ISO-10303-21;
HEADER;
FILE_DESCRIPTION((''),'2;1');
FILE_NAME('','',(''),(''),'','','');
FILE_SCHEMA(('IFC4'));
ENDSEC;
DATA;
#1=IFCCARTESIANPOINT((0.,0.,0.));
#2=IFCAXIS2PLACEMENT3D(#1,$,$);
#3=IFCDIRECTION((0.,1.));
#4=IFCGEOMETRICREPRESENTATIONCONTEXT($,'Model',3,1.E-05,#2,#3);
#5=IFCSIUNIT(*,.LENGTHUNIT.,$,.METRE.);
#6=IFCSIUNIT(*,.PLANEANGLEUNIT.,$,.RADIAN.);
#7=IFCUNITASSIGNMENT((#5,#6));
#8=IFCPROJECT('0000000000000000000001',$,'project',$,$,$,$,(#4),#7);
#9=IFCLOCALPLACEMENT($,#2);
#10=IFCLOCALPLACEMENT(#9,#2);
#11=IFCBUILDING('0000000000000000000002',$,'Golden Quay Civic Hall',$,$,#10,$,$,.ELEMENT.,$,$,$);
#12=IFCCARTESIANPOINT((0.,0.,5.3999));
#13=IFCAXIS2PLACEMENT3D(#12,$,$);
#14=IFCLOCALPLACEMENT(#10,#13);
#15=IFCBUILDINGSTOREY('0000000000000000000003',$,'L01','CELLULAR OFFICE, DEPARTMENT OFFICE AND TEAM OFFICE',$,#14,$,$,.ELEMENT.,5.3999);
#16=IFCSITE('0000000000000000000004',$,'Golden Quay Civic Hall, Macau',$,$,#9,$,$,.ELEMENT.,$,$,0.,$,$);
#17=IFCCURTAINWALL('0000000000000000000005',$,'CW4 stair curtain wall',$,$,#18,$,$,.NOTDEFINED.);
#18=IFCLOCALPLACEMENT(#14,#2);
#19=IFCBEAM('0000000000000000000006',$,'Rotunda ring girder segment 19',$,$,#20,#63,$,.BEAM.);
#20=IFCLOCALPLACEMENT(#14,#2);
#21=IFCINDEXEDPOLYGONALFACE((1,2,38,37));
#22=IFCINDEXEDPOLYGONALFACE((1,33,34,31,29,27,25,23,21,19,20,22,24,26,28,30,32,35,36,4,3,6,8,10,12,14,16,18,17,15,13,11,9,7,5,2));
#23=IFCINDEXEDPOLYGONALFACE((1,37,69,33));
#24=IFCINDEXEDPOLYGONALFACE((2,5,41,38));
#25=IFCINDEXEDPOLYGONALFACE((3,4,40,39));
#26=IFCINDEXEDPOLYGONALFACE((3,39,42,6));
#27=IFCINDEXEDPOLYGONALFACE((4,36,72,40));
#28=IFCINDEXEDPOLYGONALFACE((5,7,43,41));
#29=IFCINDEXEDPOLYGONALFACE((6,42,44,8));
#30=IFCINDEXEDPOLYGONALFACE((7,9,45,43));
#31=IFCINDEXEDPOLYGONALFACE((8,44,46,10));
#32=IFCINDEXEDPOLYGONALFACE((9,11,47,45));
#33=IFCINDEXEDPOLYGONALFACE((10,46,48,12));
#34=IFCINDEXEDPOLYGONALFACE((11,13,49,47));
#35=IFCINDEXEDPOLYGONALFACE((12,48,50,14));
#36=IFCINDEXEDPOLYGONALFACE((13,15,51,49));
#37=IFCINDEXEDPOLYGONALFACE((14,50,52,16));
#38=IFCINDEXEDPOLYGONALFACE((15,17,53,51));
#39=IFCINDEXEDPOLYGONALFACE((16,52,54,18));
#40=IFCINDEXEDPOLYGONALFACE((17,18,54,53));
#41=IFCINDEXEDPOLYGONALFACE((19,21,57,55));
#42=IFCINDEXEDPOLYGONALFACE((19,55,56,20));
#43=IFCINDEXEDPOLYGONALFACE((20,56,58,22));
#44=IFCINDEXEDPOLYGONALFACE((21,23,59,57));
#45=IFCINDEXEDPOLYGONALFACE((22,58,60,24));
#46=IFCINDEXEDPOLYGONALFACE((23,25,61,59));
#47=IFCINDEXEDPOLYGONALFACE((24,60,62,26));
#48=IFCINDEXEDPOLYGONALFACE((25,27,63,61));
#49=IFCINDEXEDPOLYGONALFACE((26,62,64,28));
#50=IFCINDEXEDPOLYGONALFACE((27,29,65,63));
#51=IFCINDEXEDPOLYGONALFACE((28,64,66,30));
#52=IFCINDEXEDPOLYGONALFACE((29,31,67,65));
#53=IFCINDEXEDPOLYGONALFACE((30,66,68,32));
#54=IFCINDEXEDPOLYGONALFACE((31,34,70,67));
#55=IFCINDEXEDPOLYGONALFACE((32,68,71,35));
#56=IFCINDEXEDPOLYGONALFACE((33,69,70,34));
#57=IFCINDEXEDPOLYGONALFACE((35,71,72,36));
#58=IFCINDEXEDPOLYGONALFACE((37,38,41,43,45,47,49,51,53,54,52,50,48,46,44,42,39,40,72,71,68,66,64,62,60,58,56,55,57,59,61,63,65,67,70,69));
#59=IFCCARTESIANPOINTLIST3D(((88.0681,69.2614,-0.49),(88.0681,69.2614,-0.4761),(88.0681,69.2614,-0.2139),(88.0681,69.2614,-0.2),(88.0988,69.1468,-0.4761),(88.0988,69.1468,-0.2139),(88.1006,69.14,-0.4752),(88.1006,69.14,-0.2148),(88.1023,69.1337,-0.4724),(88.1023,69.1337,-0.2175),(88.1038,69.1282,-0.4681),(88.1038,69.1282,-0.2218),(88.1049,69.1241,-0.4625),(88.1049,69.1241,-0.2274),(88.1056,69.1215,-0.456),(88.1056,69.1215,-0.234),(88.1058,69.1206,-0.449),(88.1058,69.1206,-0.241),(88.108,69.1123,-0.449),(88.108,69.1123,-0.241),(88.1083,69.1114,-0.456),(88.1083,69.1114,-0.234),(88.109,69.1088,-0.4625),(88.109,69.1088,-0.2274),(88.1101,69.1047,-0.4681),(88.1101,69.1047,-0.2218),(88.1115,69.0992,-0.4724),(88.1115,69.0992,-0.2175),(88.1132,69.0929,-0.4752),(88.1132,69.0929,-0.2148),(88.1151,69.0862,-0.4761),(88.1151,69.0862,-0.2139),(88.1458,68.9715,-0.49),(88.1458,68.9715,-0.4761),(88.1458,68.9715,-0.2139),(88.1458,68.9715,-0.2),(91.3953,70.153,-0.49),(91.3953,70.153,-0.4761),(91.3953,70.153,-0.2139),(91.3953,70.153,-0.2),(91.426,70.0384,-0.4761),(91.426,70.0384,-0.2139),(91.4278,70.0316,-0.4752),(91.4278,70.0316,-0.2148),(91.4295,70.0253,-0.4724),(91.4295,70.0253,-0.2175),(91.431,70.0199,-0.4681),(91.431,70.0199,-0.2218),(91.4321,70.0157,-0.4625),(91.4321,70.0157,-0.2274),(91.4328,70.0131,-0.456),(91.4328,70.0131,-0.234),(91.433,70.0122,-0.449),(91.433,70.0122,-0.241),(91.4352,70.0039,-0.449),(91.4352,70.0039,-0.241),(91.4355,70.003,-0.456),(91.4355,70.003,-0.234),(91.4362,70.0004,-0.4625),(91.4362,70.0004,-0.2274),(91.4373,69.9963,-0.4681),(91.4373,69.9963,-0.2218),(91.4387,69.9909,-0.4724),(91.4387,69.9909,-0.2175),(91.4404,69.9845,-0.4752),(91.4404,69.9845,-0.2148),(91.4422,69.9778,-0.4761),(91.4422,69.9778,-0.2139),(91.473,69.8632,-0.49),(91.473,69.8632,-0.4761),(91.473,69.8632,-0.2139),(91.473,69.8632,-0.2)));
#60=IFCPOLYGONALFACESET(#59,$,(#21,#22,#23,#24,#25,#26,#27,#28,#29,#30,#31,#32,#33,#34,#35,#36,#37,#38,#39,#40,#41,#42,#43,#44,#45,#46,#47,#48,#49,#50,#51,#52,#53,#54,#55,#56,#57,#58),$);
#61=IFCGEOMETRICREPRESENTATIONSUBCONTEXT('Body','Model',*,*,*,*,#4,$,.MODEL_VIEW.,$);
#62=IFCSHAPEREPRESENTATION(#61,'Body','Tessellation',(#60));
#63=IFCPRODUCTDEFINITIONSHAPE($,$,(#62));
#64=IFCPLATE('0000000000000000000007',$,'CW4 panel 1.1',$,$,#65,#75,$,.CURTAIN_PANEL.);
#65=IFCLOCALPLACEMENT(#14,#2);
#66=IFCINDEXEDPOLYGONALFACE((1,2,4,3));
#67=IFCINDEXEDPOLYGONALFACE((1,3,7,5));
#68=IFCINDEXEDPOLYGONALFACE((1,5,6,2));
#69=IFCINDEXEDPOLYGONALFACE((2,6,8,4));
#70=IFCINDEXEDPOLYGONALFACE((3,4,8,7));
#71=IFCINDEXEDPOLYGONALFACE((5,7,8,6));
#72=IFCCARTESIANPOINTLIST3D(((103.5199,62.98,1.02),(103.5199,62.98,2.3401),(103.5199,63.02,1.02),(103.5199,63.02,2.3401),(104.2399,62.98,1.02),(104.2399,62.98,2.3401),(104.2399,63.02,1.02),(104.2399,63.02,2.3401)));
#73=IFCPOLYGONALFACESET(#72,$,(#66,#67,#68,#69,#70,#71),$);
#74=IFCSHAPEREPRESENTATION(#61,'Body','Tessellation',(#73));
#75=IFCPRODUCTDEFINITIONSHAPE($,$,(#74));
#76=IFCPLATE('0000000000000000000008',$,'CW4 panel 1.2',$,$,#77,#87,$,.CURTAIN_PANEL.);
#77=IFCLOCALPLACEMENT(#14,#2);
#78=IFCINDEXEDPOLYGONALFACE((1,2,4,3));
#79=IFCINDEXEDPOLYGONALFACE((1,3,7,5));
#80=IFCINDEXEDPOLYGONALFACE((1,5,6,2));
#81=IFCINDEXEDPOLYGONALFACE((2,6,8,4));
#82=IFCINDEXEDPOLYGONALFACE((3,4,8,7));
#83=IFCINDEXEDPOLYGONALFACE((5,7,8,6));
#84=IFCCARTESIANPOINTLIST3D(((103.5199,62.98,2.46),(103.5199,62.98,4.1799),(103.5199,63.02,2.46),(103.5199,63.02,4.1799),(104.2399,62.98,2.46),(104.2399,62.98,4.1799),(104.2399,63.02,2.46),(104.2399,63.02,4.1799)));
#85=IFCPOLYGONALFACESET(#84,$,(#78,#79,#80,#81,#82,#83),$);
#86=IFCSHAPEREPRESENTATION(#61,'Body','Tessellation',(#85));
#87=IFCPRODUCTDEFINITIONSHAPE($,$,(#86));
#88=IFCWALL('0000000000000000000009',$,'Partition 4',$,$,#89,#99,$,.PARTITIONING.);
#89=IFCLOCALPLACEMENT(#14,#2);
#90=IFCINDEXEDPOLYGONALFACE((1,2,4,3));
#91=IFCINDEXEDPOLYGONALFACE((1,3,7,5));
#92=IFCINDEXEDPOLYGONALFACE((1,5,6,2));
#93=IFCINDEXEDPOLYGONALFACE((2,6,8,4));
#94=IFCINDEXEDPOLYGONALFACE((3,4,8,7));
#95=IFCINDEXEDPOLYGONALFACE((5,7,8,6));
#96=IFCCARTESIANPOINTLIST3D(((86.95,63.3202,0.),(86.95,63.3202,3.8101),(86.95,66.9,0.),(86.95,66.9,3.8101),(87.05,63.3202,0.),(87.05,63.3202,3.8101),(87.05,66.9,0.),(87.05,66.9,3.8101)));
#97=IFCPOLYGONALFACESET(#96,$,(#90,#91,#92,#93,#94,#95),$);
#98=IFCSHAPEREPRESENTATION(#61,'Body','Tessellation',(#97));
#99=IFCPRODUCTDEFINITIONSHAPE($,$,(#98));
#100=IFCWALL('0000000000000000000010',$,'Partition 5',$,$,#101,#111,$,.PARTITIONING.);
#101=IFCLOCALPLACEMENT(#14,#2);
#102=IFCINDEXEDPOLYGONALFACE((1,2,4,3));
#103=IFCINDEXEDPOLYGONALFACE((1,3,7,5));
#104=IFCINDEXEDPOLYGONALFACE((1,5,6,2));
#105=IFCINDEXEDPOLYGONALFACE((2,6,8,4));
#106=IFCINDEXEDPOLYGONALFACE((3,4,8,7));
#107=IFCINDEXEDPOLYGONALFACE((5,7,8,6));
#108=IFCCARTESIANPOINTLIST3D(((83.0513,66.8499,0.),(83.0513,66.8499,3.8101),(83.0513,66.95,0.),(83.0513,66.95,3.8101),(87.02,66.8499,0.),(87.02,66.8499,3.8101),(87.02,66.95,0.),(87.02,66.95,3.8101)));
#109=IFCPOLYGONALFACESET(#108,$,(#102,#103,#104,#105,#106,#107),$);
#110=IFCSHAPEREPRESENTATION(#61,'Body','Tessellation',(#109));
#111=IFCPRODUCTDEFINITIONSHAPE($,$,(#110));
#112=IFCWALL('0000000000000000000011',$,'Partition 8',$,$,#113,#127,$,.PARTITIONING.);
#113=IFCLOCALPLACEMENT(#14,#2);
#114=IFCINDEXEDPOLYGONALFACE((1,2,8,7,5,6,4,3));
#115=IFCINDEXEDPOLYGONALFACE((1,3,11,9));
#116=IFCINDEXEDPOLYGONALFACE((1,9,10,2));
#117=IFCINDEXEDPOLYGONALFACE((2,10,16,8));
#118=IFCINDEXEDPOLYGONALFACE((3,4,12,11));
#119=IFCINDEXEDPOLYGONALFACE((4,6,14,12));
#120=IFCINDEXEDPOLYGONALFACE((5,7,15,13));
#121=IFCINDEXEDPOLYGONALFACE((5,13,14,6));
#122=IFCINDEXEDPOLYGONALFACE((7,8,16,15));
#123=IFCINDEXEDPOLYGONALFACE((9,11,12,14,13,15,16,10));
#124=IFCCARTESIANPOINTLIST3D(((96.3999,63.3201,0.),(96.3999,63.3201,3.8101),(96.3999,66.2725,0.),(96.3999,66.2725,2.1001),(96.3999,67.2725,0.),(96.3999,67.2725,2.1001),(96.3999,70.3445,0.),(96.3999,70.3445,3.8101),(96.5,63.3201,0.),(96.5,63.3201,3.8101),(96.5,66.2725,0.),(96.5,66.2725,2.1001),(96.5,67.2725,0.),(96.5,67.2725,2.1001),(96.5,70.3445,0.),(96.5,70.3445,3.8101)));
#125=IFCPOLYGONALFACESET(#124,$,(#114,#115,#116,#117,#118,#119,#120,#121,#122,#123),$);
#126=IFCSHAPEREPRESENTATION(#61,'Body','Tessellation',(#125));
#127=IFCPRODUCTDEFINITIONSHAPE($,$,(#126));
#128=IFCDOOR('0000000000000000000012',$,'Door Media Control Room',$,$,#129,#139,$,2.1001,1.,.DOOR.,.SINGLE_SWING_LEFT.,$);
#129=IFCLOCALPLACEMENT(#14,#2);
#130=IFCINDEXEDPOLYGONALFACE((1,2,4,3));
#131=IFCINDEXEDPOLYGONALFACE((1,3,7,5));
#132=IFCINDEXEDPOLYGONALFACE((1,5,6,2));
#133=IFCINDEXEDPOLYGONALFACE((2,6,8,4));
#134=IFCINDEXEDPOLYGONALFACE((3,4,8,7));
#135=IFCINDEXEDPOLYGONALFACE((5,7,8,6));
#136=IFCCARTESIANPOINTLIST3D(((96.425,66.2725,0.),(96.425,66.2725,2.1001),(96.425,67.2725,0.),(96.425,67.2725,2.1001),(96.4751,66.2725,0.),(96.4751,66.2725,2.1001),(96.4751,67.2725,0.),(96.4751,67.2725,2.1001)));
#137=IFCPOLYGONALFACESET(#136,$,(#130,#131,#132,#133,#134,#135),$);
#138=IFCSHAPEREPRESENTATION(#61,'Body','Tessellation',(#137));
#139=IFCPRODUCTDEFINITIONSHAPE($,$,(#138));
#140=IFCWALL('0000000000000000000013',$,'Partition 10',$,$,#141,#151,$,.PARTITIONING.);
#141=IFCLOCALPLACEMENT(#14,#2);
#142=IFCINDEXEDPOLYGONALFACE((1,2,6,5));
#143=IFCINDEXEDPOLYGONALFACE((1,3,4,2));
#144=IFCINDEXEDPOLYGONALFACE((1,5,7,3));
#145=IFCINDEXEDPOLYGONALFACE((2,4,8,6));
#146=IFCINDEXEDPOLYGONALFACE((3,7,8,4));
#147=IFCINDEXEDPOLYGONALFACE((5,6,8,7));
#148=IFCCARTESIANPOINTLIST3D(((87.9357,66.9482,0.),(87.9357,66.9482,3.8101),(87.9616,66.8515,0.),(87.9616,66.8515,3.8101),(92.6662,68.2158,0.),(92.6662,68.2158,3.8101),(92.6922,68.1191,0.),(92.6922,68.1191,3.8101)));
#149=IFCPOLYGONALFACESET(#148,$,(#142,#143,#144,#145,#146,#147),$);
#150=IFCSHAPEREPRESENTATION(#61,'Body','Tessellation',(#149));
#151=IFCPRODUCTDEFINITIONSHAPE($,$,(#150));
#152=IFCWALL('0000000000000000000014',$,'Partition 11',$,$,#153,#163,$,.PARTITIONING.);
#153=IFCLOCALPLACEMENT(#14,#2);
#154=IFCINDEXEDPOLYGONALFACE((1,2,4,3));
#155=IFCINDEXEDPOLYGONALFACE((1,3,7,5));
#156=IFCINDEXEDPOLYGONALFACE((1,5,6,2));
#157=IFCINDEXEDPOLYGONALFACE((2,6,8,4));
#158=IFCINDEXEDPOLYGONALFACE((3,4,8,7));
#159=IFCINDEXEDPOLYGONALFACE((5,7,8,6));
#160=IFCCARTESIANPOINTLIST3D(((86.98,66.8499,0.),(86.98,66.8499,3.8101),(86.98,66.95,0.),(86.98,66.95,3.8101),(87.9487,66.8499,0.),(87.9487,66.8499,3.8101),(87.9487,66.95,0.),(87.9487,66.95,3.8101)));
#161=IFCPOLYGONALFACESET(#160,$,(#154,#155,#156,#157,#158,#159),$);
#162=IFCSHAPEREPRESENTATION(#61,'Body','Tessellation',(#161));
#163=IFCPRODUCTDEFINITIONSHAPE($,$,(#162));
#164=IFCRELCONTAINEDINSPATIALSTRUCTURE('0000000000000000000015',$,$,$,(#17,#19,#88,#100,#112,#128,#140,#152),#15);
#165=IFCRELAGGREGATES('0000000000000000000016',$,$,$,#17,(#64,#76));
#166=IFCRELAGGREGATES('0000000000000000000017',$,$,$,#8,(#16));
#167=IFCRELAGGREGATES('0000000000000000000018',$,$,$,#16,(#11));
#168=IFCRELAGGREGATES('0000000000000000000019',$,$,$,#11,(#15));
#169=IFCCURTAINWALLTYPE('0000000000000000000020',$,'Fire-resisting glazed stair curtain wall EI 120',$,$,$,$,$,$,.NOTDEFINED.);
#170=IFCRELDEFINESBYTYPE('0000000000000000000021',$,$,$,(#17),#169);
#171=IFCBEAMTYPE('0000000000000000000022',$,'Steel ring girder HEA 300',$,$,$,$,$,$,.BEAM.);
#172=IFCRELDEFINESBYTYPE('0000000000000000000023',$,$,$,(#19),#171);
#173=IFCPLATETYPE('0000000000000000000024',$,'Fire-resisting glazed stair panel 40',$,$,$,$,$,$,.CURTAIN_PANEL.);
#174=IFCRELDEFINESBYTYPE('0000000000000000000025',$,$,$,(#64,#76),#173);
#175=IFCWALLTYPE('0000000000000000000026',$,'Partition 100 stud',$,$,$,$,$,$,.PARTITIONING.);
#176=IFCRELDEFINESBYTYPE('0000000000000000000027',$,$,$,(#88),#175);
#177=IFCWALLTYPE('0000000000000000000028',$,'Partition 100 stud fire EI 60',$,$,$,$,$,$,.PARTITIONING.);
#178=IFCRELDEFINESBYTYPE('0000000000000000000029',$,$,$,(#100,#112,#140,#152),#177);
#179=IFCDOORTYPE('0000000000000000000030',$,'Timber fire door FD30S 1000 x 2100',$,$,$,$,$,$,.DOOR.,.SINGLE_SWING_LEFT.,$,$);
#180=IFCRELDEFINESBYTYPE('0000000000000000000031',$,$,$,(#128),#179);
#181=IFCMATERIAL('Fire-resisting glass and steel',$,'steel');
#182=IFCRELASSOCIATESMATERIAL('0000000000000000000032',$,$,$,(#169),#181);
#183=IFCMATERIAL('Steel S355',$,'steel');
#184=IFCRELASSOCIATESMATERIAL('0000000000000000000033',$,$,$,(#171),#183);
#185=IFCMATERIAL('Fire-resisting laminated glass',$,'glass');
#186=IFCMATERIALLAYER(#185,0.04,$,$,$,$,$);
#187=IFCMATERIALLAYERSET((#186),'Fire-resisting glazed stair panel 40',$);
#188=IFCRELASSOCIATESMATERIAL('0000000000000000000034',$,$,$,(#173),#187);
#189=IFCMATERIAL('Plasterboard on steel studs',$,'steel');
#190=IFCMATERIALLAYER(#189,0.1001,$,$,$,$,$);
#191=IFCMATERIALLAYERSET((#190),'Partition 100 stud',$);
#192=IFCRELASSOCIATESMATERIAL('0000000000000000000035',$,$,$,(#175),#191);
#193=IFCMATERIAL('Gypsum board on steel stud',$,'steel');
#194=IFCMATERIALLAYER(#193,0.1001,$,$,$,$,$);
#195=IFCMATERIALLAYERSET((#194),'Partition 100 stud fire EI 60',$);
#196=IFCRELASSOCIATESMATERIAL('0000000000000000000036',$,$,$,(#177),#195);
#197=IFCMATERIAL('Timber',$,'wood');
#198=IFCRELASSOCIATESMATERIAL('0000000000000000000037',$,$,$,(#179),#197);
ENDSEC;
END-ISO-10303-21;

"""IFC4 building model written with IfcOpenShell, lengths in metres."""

from ifc_helpers import new_model, si_unit, direction, frame, frame_2d, origin, origin_2d, place, context, subcontext, project, spatial, rectangle, i_section, extrude, material, layer, layer_set, material_profile, profile_set, type_object, element, fill, aggregate, save


model = new_model("IFC4")

# Units and contexts
model_context = context("Model", 3, precision=1e-05, world=origin(), true_north=direction((0.0, 1.0)))
body_context = subcontext(model_context, "Body", "Model", "MODEL_VIEW")
ifc_project = project(units=[si_unit("LENGTHUNIT", "METRE"), si_unit("PLANEANGLEUNIT", "RADIAN")], contexts=[model_context])

# Site, building, storey
site_placement = place(None, origin())
site = spatial("IfcSite", under=ifc_project, at=site_placement, Name="Golden Quay Civic Hall, Macau", CompositionType="ELEMENT", RefElevation=0.0)
building_placement = place(site_placement, origin())
building = spatial("IfcBuilding", under=site, at=building_placement, Name="Golden Quay Civic Hall", CompositionType="ELEMENT")
storey_placement = place(building_placement, frame((0.0, 0.0, 5.3999)))
storey = spatial("IfcBuildingStorey", under=building, at=storey_placement, Name="L01", Description="CELLULAR OFFICE, DEPARTMENT OFFICE AND TEAM OFFICE", CompositionType="ELEMENT", Elevation=5.3999)

# Curtain wall
ifc_material_1 = material(Name="Fire-resisting glass and steel", Category="steel")
curtain_wall_type = type_object("IfcCurtainWallType", Name="Fire-resisting glazed stair curtain wall EI 120", PredefinedType="NOTDEFINED", material=ifc_material_1)
curtain_wall_placement = place(storey_placement, origin())
curtain_wall = element("IfcCurtainWall", 1, at=curtain_wall_placement, inside=storey, type_object=curtain_wall_type, Name="CW4 stair curtain wall", PredefinedType="NOTDEFINED")

# Beam
ifc_material_2 = material(Name="Steel S355", Category="steel")
ifc_material_profile_1 = material_profile(ifc_material_2, i_section(OverallWidth=0.3, OverallDepth=0.29, WebThickness=0.0085, FlangeThickness=0.0139, FilletRadius=0.0271, at=origin_2d()), Name="HEA 300")
ifc_profile_set_1 = profile_set([ifc_material_profile_1], Name="Steel S355")
beam_type = type_object("IfcBeamType", Name="Steel ring girder HEA 300", PredefinedType="BEAM", material=ifc_profile_set_1)
beam_placement = place(storey_placement, frame((88.1069, 69.1165, -0.345), z_axis=(0.965919, 0.258845, 0.0), x_axis=(-0.258845, 0.965919, 0.0)))
element("IfcBeam", 2, at=beam_placement, inside=storey, type_object=beam_type, Name="Rotunda ring girder segment 19", PredefinedType="BEAM", context=body_context, shape_type="SweptSolid", body=[
    extrude(i_section(OverallWidth=0.3, OverallDepth=0.29, WebThickness=0.0085, FlangeThickness=0.0139, FilletRadius=0.0271, at=origin_2d()), origin(), (0.0, 0.0, 1.0), 3.4446),
])

# Plates
ifc_material_3 = material(Name="Fire-resisting laminated glass", Category="glass")
ifc_layer_1 = layer(ifc_material_3, 0.04)
ifc_layer_set_1 = layer_set([ifc_layer_1], Name="Fire-resisting glazed stair panel 40")
plate_type = type_object("IfcPlateType", Name="Fire-resisting glazed stair panel 40", PredefinedType="CURTAIN_PANEL", material=ifc_layer_set_1)
plate_1_placement = place(storey_placement, frame((103.8799, 63.0, 1.02), z_axis=(0.0, 0.0, 1.0), x_axis=(1.0, 0.0, 0.0)))
plate_1 = element("IfcPlate", 3, at=plate_1_placement, type_object=plate_type, Name="CW4 panel 1.1", PredefinedType="CURTAIN_PANEL", context=body_context, shape_type="SweptSolid", body=[
    extrude(rectangle(XDim=0.72, YDim=0.04, at=origin_2d()), origin(), (0.0, 0.0, 1.0), 1.3201),
])
plate_2_placement = place(storey_placement, frame((103.8799, 63.0, 2.46), z_axis=(0.0, 0.0, 1.0), x_axis=(1.0, 0.0, 0.0)))
plate_2 = element("IfcPlate", 4, at=plate_2_placement, type_object=plate_type, Name="CW4 panel 1.2", PredefinedType="CURTAIN_PANEL", context=body_context, shape_type="SweptSolid", body=[
    extrude(rectangle(XDim=0.72, YDim=0.04, at=origin_2d()), origin(), (0.0, 0.0, 1.0), 1.72),
])
aggregate(curtain_wall, [plate_1, plate_2])

# Walls
ifc_material_4 = material(Name="Plasterboard on steel studs", Category="steel")
ifc_layer_2 = layer(ifc_material_4, 0.1001)
ifc_layer_set_2 = layer_set([ifc_layer_2], Name="Partition 100 stud")
wall_type_1 = type_object("IfcWallType", Name="Partition 100 stud", PredefinedType="PARTITIONING", material=ifc_layer_set_2)
wall_1_placement = place(storey_placement, frame((87.0, 63.3201, 0.0), z_axis=(0.0, 0.0, 1.0), x_axis=(0.0, 1.0, 0.0)))
element("IfcWall", 5, at=wall_1_placement, inside=storey, type_object=wall_type_1, Name="Partition 4", PredefinedType="PARTITIONING", context=body_context, shape_type="SweptSolid", body=[
    extrude(rectangle(XDim=3.5798, YDim=0.1001, at=frame_2d((1.79, 0.0))), origin(), (0.0, 0.0, 1.0), 3.8101),
])
ifc_material_5 = material(Name="Gypsum board on steel stud", Category="steel")
ifc_layer_3 = layer(ifc_material_5, 0.1001)
ifc_layer_set_3 = layer_set([ifc_layer_3], Name="Partition 100 stud fire EI 60")
wall_type_2 = type_object("IfcWallType", Name="Partition 100 stud fire EI 60", PredefinedType="PARTITIONING", material=ifc_layer_set_3)
wall_2_placement = place(storey_placement, frame((87.02, 66.8999, 0.0), z_axis=(0.0, 0.0, 1.0), x_axis=(-1.0, 0.0, 0.0)))
element("IfcWall", 6, at=wall_2_placement, inside=storey, type_object=wall_type_2, Name="Partition 5", PredefinedType="PARTITIONING", context=body_context, shape_type="SweptSolid", body=[
    extrude(rectangle(XDim=3.9688, YDim=0.1001, at=frame_2d((1.9844, 0.0))), origin(), (0.0, 0.0, 1.0), 3.8101),
])

# Wall, opening, door
wall_3_placement = place(storey_placement, frame((96.45, 63.3201, 0.0), z_axis=(0.0, 0.0, 1.0), x_axis=(0.0, 1.0, 0.0)))
wall_3 = element("IfcWall", 7, at=wall_3_placement, inside=storey, type_object=wall_type_2, Name="Partition 8", PredefinedType="PARTITIONING", context=body_context, shape_type="SweptSolid", body=[
    extrude(rectangle(XDim=7.0244, YDim=0.1001, at=frame_2d((3.5122, 0.0))), origin(), (0.0, 0.0, 1.0), 3.8101),
])
opening_1_placement = place(wall_3_placement, frame((2.9524, 0.0, 0.0)))
opening_1 = element("IfcOpeningElement", 8, at=opening_1_placement, cuts=wall_3, PredefinedType="OPENING", context=body_context, shape_type="SweptSolid", body=[
    extrude(rectangle(XDim=1.0, YDim=2.1001, at=frame_2d((0.5, 1.05))), frame((0.0, 0.0601, 0.0), z_axis=(0.0, -1.0, 0.0), x_axis=(1.0, 0.0, 0.0)), (0.0, 0.0, 1.0), 0.1201),
])
ifc_material_6 = material(Name="Timber", Category="wood")
door_type_1 = type_object("IfcDoorType", Name="Timber fire door FD30S 1000 x 2100", OperationType="SINGLE_SWING_LEFT", PredefinedType="DOOR", material=ifc_material_6)
door_1_placement = place(opening_1_placement, origin())
door_1 = element("IfcDoor", 9, at=door_1_placement, inside=storey, type_object=door_type_1, Name="Door Media Control Room", OperationType="SINGLE_SWING_LEFT", OverallHeight=2.1001, OverallWidth=1.0, PredefinedType="DOOR", context=body_context, shape_type="SweptSolid", body=[
    extrude(rectangle(XDim=1.0, YDim=2.1001, at=frame_2d((0.5, 1.05))), frame((0.0, 0.0249, 0.0), z_axis=(0.0, -1.0, 0.0), x_axis=(1.0, 0.0, 0.0)), (0.0, 0.0, 1.0), 0.05),
])
fill(opening_1, door_1)

# Walls
wall_4_placement = place(storey_placement, frame((92.6792, 68.1675, 0.0), z_axis=(0.0, 0.0, 1.0), x_axis=(-0.965923, -0.258829, 0.0)))
element("IfcWall", 10, at=wall_4_placement, inside=storey, type_object=wall_type_2, Name="Partition 10", PredefinedType="PARTITIONING", context=body_context, shape_type="SweptSolid", body=[
    extrude(rectangle(XDim=4.8975, YDim=0.1001, at=frame_2d((2.4487, 0.0))), origin(), (0.0, 0.0, 1.0), 3.8101),
])
wall_5_placement = place(storey_placement, frame((87.9487, 66.8999, 0.0), z_axis=(0.0, 0.0, 1.0), x_axis=(-1.0, 0.0, 0.0)))
element("IfcWall", 11, at=wall_5_placement, inside=storey, type_object=wall_type_2, Name="Partition 11", PredefinedType="PARTITIONING", context=body_context, shape_type="SweptSolid", body=[
    extrude(rectangle(XDim=0.9688, YDim=0.1001, at=frame_2d((0.4844, 0.0))), origin(), (0.0, 0.0, 1.0), 3.8101),
])

save(model, "model.ifc")
